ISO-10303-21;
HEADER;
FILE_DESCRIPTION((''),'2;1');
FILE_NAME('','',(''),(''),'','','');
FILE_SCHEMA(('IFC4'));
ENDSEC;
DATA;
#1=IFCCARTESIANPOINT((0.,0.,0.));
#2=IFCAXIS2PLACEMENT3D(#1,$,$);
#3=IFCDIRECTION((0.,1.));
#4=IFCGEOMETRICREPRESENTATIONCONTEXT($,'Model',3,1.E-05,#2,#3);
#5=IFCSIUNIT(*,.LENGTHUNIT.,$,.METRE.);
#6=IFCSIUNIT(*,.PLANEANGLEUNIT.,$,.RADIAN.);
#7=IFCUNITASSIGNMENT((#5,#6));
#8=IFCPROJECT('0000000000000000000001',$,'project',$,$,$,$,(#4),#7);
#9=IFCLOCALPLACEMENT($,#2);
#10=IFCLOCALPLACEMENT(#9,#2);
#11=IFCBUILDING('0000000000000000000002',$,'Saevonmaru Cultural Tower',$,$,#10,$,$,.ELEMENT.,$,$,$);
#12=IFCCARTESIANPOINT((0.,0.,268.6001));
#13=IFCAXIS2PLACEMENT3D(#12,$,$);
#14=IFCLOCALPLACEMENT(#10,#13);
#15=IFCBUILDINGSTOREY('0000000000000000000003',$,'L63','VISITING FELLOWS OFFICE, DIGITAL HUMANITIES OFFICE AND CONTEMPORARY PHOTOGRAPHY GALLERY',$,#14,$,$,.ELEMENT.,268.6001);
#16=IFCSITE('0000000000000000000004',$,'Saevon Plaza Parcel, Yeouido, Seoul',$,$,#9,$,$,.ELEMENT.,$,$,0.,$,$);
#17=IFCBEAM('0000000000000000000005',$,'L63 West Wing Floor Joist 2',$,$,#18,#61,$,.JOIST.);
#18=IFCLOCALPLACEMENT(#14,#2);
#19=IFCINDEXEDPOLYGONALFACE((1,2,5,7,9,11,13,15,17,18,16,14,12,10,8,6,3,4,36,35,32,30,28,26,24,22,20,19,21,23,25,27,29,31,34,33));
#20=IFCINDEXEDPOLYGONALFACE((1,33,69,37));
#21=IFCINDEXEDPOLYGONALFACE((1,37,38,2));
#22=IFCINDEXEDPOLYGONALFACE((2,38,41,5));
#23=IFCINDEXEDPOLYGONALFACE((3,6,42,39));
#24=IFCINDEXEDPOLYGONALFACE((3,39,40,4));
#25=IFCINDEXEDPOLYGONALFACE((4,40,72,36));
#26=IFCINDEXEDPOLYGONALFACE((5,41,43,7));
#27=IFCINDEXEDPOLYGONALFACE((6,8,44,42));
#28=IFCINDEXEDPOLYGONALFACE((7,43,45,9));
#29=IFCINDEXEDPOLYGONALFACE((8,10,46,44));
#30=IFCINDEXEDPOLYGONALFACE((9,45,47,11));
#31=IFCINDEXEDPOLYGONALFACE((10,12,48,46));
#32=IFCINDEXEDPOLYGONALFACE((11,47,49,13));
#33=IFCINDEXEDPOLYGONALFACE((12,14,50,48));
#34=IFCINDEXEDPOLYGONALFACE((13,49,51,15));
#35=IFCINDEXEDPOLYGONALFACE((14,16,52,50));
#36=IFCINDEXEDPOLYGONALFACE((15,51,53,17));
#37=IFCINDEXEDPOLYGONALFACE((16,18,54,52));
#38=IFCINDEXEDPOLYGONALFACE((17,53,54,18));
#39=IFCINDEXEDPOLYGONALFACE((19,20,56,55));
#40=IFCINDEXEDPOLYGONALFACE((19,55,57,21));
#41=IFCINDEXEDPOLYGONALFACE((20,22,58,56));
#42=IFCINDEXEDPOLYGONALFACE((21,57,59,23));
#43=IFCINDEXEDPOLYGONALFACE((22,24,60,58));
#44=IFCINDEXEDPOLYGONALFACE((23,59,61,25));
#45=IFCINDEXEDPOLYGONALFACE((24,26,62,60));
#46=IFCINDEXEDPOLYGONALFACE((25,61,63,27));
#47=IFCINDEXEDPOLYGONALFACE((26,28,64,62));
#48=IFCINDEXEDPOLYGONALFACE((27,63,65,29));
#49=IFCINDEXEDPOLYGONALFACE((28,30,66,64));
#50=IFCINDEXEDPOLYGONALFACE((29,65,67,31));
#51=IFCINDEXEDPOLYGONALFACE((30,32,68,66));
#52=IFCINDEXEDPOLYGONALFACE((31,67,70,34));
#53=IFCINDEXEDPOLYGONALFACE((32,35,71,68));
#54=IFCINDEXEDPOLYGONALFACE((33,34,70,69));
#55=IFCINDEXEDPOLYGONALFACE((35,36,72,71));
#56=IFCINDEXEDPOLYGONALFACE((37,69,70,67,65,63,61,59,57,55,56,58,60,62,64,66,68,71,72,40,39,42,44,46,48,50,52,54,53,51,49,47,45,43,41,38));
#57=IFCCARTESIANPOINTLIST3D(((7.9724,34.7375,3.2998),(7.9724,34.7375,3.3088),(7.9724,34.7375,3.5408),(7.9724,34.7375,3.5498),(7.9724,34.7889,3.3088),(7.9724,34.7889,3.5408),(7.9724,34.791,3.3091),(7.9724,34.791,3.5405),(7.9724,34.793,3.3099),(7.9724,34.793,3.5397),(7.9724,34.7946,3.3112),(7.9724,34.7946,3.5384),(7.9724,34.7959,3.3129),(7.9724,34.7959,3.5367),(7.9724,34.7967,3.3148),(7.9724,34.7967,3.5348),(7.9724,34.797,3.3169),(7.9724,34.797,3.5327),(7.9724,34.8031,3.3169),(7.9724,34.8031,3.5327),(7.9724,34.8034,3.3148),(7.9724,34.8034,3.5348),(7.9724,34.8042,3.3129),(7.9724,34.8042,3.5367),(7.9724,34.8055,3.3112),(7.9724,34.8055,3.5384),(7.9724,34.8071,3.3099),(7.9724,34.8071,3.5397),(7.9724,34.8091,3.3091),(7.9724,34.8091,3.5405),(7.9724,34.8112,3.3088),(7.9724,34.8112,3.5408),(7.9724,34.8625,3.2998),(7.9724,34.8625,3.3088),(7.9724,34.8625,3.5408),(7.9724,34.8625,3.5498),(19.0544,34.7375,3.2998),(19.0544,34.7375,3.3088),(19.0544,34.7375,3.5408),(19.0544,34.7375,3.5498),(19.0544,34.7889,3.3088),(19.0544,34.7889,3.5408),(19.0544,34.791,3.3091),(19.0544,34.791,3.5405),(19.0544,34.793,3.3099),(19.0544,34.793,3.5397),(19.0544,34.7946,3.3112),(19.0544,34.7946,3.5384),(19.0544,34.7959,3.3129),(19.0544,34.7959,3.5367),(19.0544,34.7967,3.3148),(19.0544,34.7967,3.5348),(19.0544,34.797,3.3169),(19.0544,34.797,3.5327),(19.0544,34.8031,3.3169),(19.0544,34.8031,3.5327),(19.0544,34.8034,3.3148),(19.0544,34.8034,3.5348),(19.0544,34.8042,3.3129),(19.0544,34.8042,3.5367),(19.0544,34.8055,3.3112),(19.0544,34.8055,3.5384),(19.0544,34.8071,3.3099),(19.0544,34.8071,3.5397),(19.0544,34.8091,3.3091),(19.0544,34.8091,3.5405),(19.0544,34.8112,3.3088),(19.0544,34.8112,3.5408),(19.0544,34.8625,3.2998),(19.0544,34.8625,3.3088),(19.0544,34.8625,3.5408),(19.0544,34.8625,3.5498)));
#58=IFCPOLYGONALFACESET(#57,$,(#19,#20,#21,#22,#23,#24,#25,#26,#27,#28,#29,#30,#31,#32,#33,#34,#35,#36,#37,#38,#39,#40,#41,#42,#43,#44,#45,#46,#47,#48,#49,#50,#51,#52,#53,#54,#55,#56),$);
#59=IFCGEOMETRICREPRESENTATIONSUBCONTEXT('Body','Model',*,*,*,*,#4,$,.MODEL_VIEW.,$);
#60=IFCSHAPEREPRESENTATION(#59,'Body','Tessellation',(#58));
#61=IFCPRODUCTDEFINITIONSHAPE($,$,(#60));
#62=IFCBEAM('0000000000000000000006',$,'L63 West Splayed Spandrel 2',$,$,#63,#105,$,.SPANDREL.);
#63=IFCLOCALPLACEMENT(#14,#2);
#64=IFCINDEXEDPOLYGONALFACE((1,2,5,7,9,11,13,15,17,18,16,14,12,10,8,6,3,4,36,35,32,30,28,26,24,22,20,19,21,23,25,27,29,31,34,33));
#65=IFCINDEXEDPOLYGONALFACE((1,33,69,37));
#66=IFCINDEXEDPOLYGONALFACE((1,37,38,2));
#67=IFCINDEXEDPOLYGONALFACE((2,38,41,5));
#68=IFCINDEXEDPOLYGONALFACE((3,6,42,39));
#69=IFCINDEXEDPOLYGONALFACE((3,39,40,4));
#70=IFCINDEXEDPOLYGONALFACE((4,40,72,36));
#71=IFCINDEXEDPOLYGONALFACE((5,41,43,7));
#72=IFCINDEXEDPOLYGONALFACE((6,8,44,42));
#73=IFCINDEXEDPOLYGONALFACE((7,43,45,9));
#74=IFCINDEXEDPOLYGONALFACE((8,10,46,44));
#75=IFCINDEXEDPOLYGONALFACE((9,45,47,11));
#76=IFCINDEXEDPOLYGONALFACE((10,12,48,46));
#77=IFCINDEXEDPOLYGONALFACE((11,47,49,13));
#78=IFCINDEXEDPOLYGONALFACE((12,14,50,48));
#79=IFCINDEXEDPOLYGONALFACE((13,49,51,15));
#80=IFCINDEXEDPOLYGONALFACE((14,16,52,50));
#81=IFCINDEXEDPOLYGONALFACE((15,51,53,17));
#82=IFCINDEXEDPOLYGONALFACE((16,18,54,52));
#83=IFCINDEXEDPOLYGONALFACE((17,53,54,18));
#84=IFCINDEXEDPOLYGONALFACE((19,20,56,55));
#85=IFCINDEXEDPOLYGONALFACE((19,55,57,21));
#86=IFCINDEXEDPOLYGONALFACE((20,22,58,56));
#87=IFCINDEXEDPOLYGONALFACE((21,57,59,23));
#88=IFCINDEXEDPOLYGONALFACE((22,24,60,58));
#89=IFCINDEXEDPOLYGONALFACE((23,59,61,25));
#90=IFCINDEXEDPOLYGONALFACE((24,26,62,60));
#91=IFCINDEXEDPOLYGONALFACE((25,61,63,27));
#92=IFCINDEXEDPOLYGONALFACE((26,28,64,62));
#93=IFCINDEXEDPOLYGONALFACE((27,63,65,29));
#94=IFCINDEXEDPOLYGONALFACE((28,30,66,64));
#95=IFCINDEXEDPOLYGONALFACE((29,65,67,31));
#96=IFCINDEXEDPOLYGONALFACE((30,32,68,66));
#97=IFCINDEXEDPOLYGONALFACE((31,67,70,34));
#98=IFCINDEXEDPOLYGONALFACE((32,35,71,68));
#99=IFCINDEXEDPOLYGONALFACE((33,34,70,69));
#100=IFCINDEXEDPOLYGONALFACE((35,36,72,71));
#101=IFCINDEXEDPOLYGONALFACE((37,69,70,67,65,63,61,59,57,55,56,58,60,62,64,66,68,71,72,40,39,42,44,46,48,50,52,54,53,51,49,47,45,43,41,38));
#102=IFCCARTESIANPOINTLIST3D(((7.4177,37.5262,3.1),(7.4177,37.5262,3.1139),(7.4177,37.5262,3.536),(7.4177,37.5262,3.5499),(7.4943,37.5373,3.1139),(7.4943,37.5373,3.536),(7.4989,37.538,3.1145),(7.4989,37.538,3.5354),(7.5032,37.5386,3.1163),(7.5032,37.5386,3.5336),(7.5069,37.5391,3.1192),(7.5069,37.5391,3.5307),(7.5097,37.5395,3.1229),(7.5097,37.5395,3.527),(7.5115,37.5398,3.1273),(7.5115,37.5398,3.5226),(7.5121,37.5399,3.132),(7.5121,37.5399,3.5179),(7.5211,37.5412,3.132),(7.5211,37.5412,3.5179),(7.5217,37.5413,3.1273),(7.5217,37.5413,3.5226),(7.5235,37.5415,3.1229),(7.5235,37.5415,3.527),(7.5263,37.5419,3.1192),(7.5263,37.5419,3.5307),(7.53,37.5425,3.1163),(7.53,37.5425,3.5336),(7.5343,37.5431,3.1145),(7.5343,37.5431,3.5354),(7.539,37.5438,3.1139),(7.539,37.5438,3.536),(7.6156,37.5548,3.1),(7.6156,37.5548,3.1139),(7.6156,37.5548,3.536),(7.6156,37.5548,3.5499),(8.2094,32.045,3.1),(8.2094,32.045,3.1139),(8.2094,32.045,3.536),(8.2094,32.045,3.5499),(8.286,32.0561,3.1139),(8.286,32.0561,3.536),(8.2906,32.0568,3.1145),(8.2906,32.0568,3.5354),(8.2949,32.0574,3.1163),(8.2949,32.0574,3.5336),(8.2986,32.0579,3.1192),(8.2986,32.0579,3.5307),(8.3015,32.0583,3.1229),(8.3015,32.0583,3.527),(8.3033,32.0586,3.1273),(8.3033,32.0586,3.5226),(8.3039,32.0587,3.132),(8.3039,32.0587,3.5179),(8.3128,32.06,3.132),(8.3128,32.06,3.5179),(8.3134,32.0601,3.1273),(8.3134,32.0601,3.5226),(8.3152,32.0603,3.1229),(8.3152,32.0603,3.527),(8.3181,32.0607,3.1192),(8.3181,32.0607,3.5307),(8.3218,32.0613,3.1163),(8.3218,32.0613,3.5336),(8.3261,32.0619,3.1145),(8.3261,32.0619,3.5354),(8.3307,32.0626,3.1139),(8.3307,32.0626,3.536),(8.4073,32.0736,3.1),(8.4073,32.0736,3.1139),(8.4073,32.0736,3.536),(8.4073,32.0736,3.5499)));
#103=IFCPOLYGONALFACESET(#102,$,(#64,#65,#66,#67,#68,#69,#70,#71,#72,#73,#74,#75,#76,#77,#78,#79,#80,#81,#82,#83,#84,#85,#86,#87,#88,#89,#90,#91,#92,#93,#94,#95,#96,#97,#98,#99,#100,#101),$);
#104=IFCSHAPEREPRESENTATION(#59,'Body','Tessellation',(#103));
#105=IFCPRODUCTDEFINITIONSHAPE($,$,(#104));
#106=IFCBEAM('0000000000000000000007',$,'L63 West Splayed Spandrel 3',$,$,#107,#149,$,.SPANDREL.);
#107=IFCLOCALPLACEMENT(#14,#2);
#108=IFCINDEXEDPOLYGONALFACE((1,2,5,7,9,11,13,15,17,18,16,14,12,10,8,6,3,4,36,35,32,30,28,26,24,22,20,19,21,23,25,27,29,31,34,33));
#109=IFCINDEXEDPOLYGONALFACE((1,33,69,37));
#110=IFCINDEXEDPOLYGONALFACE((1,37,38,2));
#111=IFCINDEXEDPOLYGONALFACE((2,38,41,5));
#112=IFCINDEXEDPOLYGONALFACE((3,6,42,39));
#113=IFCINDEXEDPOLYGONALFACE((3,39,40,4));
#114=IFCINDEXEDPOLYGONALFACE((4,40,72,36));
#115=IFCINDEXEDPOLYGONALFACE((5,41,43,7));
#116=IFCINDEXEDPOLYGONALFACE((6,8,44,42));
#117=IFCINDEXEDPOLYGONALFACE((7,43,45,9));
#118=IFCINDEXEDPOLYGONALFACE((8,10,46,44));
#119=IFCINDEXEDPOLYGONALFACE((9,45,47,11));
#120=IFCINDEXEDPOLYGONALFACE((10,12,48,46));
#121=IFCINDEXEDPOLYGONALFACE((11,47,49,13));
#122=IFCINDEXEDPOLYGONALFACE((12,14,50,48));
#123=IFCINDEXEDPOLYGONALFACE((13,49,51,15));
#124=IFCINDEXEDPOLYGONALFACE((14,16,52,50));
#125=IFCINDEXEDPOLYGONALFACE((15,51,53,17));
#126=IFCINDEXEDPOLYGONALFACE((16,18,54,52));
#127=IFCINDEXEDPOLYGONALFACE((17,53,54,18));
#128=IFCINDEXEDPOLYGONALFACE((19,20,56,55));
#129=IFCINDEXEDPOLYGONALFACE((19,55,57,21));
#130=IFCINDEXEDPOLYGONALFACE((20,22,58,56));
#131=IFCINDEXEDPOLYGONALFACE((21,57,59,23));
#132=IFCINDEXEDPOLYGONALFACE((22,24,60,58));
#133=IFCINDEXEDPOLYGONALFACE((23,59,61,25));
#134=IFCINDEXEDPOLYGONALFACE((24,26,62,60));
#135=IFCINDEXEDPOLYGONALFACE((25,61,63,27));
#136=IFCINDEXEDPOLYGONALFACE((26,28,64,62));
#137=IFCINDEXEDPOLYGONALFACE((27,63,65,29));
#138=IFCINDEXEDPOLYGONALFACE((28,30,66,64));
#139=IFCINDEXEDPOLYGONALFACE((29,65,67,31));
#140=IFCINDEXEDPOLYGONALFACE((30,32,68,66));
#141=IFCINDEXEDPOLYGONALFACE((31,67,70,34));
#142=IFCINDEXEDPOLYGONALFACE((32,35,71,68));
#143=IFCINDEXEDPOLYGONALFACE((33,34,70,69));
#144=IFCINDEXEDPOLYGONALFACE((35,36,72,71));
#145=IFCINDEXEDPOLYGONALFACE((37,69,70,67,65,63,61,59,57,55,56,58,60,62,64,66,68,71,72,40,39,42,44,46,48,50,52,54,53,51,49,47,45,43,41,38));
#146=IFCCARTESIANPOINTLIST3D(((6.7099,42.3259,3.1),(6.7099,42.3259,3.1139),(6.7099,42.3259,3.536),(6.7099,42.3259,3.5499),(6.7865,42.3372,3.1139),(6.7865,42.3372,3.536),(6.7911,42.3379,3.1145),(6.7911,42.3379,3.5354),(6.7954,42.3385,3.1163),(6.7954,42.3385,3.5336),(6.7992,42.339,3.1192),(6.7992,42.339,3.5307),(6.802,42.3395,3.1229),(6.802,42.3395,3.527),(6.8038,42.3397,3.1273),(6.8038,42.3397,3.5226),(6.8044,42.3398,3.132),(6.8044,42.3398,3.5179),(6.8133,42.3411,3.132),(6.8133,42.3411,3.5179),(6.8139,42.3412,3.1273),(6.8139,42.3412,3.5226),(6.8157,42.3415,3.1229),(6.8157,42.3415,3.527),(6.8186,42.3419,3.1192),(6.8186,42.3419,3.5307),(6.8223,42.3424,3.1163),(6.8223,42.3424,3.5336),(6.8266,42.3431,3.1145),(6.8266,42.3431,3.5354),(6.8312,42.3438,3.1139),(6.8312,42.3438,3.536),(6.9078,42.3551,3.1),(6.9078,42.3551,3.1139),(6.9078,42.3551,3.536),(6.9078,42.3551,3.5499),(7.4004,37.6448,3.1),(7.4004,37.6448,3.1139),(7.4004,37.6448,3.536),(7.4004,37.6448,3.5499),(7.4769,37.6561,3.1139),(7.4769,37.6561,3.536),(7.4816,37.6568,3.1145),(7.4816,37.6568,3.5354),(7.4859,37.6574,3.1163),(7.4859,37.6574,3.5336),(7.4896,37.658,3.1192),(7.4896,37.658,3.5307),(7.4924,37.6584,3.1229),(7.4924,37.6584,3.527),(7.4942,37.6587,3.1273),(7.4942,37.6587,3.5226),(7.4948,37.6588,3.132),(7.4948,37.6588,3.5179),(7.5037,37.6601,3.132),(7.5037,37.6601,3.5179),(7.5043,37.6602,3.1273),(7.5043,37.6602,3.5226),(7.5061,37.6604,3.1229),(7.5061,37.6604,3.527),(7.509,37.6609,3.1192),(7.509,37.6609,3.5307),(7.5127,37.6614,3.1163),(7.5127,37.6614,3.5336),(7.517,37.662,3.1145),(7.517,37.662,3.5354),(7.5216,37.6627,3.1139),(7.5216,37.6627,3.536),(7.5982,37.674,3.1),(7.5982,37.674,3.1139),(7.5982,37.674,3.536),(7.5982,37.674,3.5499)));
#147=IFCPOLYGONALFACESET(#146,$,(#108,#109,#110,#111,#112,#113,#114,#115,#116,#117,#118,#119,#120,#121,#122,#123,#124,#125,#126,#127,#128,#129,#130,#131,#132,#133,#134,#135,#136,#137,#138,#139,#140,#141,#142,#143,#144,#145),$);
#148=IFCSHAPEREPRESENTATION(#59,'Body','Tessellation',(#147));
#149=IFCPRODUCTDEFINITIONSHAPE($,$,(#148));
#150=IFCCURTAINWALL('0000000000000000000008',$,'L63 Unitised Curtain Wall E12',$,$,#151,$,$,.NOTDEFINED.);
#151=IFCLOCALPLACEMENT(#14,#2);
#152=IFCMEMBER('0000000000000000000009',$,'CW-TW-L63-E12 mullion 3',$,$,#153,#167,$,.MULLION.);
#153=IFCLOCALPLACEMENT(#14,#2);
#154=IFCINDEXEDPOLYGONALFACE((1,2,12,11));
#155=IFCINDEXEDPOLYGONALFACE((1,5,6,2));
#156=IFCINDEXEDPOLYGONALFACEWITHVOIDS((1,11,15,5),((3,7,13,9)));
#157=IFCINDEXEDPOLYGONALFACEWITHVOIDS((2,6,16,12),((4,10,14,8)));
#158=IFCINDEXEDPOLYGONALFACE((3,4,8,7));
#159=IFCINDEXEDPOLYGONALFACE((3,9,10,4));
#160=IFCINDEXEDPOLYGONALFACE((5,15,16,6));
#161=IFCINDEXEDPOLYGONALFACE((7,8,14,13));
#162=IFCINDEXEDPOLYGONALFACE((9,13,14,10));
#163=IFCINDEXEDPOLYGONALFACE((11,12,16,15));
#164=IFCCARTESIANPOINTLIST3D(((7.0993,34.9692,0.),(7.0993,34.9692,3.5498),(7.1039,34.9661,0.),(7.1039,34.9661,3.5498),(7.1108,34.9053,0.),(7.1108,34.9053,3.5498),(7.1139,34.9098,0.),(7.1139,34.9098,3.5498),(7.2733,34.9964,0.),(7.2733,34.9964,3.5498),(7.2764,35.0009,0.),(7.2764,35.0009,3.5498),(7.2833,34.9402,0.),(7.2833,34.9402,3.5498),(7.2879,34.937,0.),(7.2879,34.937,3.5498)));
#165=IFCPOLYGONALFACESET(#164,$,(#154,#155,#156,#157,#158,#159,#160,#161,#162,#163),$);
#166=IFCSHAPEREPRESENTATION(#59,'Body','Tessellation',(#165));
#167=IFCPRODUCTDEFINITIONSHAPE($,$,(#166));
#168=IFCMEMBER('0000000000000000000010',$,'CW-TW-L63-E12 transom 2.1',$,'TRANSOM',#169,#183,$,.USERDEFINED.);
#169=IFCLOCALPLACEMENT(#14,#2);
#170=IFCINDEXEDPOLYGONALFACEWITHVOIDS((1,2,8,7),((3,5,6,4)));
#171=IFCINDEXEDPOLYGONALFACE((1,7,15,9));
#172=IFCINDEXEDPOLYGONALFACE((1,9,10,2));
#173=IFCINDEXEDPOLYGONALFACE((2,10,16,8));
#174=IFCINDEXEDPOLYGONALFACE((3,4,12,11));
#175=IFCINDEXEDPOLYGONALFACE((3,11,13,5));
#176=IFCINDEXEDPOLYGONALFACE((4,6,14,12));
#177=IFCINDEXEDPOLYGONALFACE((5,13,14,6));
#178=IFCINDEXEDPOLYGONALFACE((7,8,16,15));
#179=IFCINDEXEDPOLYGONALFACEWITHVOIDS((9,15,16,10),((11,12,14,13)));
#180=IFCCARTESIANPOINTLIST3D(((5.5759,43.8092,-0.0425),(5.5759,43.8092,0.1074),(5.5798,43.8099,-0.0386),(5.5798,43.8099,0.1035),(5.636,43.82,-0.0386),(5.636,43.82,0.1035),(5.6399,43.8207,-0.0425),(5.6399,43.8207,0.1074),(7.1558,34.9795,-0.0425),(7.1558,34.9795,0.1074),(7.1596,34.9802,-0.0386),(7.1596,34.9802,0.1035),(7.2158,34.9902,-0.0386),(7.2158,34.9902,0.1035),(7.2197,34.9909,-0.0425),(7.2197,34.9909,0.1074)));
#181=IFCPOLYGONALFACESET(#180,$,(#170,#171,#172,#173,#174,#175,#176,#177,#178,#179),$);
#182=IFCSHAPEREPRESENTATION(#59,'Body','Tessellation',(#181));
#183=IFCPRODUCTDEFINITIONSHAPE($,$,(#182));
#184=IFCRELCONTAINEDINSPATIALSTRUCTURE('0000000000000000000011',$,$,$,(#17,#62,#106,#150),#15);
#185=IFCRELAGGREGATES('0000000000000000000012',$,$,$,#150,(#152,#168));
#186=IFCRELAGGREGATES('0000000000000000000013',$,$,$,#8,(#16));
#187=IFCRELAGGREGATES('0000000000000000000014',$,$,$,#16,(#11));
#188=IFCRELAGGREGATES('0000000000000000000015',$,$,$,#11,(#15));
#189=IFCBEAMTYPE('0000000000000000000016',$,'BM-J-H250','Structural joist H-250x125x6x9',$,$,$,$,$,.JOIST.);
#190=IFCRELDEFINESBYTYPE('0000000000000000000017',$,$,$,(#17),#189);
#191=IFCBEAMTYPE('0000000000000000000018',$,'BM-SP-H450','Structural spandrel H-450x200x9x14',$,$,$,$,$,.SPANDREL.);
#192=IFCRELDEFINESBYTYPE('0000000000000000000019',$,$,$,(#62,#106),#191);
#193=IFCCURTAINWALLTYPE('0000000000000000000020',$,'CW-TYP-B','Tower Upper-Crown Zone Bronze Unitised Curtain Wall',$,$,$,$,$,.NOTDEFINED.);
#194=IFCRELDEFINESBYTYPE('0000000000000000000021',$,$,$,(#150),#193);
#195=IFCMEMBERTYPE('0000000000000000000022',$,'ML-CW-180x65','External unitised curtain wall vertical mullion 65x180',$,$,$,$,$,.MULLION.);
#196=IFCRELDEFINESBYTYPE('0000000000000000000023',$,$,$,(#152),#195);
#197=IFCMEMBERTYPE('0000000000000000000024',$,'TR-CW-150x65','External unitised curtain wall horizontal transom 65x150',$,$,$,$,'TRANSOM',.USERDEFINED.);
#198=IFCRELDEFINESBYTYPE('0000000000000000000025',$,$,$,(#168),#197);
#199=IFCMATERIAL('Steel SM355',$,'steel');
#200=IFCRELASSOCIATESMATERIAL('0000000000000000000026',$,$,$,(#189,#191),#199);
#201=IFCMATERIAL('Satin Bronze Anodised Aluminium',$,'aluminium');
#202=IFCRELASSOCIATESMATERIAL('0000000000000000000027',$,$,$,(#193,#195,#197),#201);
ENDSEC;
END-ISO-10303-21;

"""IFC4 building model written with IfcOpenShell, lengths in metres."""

from ifc_helpers import new_model, si_unit, direction, frame, origin, origin_2d, place, context, subcontext, project, spatial, hollow_rectangle, i_section, extrude, material, material_profile, profile_set, type_object, element, aggregate, save


model = new_model("IFC4")

# Units and contexts
model_context = context("Model", 3, precision=1e-05, world=origin(), true_north=direction((0.0, 1.0)))
body_context = subcontext(model_context, "Body", "Model", "MODEL_VIEW")
ifc_project = project(units=[si_unit("LENGTHUNIT", "METRE"), si_unit("PLANEANGLEUNIT", "RADIAN")], contexts=[model_context])

# Site, building, storey
site_placement = place(None, origin())
site = spatial("IfcSite", under=ifc_project, at=site_placement, Name="Saevon Plaza Parcel, Yeouido, Seoul", CompositionType="ELEMENT", RefElevation=0.0)
building_placement = place(site_placement, origin())
building = spatial("IfcBuilding", under=site, at=building_placement, Name="Saevonmaru Cultural Tower", CompositionType="ELEMENT")
storey_placement = place(building_placement, frame((0.0, 0.0, 268.6001)))
storey = spatial("IfcBuildingStorey", under=building, at=storey_placement, Name="L63", Description="VISITING FELLOWS OFFICE, DIGITAL HUMANITIES OFFICE AND CONTEMPORARY PHOTOGRAPHY GALLERY", CompositionType="ELEMENT", Elevation=268.6001)

# Shared definitions
ifc_material_1 = material(Name="Steel SM355", Category="steel")

# Beams
ifc_material_profile_1 = material_profile(ifc_material_1, i_section(OverallWidth=0.125, OverallDepth=0.25, WebThickness=0.0061, FlangeThickness=0.009, FilletRadius=0.0081, at=origin_2d()), Name="H-250x125x6x9")
ifc_profile_set_1 = profile_set([ifc_material_profile_1], Name="Steel SM355")
beam_type_1 = type_object("IfcBeamType", Name="BM-J-H250", Description="Structural joist H-250x125x6x9", PredefinedType="JOIST", material=ifc_profile_set_1)
beam_1_placement = place(storey_placement, frame((7.9724, 34.8, 3.4248), z_axis=(1.0, 0.0, 0.0), x_axis=(0.0, 1.0, 0.0)))
element("IfcBeam", 1, at=beam_1_placement, inside=storey, type_object=beam_type_1, Name="L63 West Wing Floor Joist 2", PredefinedType="JOIST", context=body_context, shape_type="SweptSolid", body=[
    extrude(i_section(OverallWidth=0.125, OverallDepth=0.25, WebThickness=0.0061, FlangeThickness=0.009, FilletRadius=0.0081, at=origin_2d()), origin(), (0.0, 0.0, 1.0), 11.082),
])
ifc_material_profile_2 = material_profile(ifc_material_1, i_section(OverallWidth=0.2, OverallDepth=0.45, WebThickness=0.009, FlangeThickness=0.0139, FilletRadius=0.0181, at=origin_2d()), Name="H-450x200x9x14")
ifc_profile_set_2 = profile_set([ifc_material_profile_2], Name="Steel SM355")
beam_type_2 = type_object("IfcBeamType", Name="BM-SP-H450", Description="Structural spandrel H-450x200x9x14", PredefinedType="SPANDREL", material=ifc_profile_set_2)
beam_2_placement = place(storey_placement, frame((8.3083, 32.0593, 3.325), z_axis=(-0.142964, 0.989728, 0.0), x_axis=(-0.989728, -0.142964, 0.0)))
element("IfcBeam", 2, at=beam_2_placement, inside=storey, type_object=beam_type_2, Name="L63 West Splayed Spandrel 2", PredefinedType="SPANDREL", context=body_context, shape_type="SweptSolid", body=[
    extrude(i_section(OverallWidth=0.2, OverallDepth=0.45, WebThickness=0.009, FlangeThickness=0.0139, FilletRadius=0.0181, at=origin_2d()), origin(), (0.0, 0.0, 1.0), 5.5381),
])
beam_3_placement = place(storey_placement, frame((7.4993, 37.6594, 3.325), z_axis=(-0.145913, 0.989297, 0.0), x_axis=(-0.989297, -0.145913, 0.0)))
element("IfcBeam", 3, at=beam_3_placement, inside=storey, type_object=beam_type_2, Name="L63 West Splayed Spandrel 3", PredefinedType="SPANDREL", context=body_context, shape_type="SweptSolid", body=[
    extrude(i_section(OverallWidth=0.2, OverallDepth=0.45, WebThickness=0.009, FlangeThickness=0.0139, FilletRadius=0.0181, at=origin_2d()), origin(), (0.0, 0.0, 1.0), 4.7317),
])

# Curtain wall, members
ifc_material_2 = material(Name="Satin Bronze Anodised Aluminium", Category="aluminium")
curtain_wall_type = type_object("IfcCurtainWallType", Name="CW-TYP-B", Description="Tower Upper-Crown Zone Bronze Unitised Curtain Wall", PredefinedType="NOTDEFINED", material=ifc_material_2)
curtain_wall_placement = place(storey_placement, origin())
curtain_wall = element("IfcCurtainWall", 4, at=curtain_wall_placement, inside=storey, type_object=curtain_wall_type, Name="L63 Unitised Curtain Wall E12", PredefinedType="NOTDEFINED")
ifc_material_profile_3 = material_profile(ifc_material_2, hollow_rectangle(XDim=0.0649, YDim=0.1799, WallThickness=0.0039, at=origin_2d()), Name="ALU-MULL-180x65x4")
ifc_profile_set_3 = profile_set([ifc_material_profile_3], Name="Satin Bronze Anodised Aluminium")
member_type_1 = type_object("IfcMemberType", Name="ML-CW-180x65", Description="External unitised curtain wall vertical mullion 65x180", PredefinedType="MULLION", material=ifc_profile_set_3)
member_1_placement = place(storey_placement, frame((7.1936, 34.9531, 0.0), z_axis=(0.0, 0.0, 1.0), x_axis=(0.176141, -0.984365, 0.0)))
member_1 = element("IfcMember", 5, at=member_1_placement, type_object=member_type_1, Name="CW-TW-L63-E12 mullion 3", PredefinedType="MULLION", context=body_context, shape_type="SweptSolid", body=[
    extrude(hollow_rectangle(XDim=0.0649, YDim=0.1799, WallThickness=0.0039, at=origin_2d()), origin(), (0.0, 0.0, 1.0), 3.5498),
])
ifc_material_profile_4 = material_profile(ifc_material_2, hollow_rectangle(XDim=0.0649, YDim=0.1499, WallThickness=0.0039, at=origin_2d()), Name="ALU-TRAN-150x65x4")
ifc_profile_set_4 = profile_set([ifc_material_profile_4], Name="Satin Bronze Anodised Aluminium")
member_type_2 = type_object("IfcMemberType", Name="TR-CW-150x65", Description="External unitised curtain wall horizontal transom 65x150", ElementType="TRANSOM", PredefinedType="USERDEFINED", material=ifc_profile_set_4)
member_2_placement = place(storey_placement, frame((5.6079, 43.8149, 0.0325), z_axis=(0.176123, -0.984368, 0.0), x_axis=(0.984368, 0.176123, 0.0)))
member_2 = element("IfcMember", 6, at=member_2_placement, type_object=member_type_2, Name="CW-TW-L63-E12 transom 2.1", ObjectType="TRANSOM", PredefinedType="USERDEFINED", context=body_context, shape_type="SweptSolid", body=[
    extrude(hollow_rectangle(XDim=0.0649, YDim=0.1499, WallThickness=0.0039, at=origin_2d()), origin(), (0.0, 0.0, 1.0), 8.97),
])
aggregate(curtain_wall, [member_1, member_2])

save(model, "model.ifc")
